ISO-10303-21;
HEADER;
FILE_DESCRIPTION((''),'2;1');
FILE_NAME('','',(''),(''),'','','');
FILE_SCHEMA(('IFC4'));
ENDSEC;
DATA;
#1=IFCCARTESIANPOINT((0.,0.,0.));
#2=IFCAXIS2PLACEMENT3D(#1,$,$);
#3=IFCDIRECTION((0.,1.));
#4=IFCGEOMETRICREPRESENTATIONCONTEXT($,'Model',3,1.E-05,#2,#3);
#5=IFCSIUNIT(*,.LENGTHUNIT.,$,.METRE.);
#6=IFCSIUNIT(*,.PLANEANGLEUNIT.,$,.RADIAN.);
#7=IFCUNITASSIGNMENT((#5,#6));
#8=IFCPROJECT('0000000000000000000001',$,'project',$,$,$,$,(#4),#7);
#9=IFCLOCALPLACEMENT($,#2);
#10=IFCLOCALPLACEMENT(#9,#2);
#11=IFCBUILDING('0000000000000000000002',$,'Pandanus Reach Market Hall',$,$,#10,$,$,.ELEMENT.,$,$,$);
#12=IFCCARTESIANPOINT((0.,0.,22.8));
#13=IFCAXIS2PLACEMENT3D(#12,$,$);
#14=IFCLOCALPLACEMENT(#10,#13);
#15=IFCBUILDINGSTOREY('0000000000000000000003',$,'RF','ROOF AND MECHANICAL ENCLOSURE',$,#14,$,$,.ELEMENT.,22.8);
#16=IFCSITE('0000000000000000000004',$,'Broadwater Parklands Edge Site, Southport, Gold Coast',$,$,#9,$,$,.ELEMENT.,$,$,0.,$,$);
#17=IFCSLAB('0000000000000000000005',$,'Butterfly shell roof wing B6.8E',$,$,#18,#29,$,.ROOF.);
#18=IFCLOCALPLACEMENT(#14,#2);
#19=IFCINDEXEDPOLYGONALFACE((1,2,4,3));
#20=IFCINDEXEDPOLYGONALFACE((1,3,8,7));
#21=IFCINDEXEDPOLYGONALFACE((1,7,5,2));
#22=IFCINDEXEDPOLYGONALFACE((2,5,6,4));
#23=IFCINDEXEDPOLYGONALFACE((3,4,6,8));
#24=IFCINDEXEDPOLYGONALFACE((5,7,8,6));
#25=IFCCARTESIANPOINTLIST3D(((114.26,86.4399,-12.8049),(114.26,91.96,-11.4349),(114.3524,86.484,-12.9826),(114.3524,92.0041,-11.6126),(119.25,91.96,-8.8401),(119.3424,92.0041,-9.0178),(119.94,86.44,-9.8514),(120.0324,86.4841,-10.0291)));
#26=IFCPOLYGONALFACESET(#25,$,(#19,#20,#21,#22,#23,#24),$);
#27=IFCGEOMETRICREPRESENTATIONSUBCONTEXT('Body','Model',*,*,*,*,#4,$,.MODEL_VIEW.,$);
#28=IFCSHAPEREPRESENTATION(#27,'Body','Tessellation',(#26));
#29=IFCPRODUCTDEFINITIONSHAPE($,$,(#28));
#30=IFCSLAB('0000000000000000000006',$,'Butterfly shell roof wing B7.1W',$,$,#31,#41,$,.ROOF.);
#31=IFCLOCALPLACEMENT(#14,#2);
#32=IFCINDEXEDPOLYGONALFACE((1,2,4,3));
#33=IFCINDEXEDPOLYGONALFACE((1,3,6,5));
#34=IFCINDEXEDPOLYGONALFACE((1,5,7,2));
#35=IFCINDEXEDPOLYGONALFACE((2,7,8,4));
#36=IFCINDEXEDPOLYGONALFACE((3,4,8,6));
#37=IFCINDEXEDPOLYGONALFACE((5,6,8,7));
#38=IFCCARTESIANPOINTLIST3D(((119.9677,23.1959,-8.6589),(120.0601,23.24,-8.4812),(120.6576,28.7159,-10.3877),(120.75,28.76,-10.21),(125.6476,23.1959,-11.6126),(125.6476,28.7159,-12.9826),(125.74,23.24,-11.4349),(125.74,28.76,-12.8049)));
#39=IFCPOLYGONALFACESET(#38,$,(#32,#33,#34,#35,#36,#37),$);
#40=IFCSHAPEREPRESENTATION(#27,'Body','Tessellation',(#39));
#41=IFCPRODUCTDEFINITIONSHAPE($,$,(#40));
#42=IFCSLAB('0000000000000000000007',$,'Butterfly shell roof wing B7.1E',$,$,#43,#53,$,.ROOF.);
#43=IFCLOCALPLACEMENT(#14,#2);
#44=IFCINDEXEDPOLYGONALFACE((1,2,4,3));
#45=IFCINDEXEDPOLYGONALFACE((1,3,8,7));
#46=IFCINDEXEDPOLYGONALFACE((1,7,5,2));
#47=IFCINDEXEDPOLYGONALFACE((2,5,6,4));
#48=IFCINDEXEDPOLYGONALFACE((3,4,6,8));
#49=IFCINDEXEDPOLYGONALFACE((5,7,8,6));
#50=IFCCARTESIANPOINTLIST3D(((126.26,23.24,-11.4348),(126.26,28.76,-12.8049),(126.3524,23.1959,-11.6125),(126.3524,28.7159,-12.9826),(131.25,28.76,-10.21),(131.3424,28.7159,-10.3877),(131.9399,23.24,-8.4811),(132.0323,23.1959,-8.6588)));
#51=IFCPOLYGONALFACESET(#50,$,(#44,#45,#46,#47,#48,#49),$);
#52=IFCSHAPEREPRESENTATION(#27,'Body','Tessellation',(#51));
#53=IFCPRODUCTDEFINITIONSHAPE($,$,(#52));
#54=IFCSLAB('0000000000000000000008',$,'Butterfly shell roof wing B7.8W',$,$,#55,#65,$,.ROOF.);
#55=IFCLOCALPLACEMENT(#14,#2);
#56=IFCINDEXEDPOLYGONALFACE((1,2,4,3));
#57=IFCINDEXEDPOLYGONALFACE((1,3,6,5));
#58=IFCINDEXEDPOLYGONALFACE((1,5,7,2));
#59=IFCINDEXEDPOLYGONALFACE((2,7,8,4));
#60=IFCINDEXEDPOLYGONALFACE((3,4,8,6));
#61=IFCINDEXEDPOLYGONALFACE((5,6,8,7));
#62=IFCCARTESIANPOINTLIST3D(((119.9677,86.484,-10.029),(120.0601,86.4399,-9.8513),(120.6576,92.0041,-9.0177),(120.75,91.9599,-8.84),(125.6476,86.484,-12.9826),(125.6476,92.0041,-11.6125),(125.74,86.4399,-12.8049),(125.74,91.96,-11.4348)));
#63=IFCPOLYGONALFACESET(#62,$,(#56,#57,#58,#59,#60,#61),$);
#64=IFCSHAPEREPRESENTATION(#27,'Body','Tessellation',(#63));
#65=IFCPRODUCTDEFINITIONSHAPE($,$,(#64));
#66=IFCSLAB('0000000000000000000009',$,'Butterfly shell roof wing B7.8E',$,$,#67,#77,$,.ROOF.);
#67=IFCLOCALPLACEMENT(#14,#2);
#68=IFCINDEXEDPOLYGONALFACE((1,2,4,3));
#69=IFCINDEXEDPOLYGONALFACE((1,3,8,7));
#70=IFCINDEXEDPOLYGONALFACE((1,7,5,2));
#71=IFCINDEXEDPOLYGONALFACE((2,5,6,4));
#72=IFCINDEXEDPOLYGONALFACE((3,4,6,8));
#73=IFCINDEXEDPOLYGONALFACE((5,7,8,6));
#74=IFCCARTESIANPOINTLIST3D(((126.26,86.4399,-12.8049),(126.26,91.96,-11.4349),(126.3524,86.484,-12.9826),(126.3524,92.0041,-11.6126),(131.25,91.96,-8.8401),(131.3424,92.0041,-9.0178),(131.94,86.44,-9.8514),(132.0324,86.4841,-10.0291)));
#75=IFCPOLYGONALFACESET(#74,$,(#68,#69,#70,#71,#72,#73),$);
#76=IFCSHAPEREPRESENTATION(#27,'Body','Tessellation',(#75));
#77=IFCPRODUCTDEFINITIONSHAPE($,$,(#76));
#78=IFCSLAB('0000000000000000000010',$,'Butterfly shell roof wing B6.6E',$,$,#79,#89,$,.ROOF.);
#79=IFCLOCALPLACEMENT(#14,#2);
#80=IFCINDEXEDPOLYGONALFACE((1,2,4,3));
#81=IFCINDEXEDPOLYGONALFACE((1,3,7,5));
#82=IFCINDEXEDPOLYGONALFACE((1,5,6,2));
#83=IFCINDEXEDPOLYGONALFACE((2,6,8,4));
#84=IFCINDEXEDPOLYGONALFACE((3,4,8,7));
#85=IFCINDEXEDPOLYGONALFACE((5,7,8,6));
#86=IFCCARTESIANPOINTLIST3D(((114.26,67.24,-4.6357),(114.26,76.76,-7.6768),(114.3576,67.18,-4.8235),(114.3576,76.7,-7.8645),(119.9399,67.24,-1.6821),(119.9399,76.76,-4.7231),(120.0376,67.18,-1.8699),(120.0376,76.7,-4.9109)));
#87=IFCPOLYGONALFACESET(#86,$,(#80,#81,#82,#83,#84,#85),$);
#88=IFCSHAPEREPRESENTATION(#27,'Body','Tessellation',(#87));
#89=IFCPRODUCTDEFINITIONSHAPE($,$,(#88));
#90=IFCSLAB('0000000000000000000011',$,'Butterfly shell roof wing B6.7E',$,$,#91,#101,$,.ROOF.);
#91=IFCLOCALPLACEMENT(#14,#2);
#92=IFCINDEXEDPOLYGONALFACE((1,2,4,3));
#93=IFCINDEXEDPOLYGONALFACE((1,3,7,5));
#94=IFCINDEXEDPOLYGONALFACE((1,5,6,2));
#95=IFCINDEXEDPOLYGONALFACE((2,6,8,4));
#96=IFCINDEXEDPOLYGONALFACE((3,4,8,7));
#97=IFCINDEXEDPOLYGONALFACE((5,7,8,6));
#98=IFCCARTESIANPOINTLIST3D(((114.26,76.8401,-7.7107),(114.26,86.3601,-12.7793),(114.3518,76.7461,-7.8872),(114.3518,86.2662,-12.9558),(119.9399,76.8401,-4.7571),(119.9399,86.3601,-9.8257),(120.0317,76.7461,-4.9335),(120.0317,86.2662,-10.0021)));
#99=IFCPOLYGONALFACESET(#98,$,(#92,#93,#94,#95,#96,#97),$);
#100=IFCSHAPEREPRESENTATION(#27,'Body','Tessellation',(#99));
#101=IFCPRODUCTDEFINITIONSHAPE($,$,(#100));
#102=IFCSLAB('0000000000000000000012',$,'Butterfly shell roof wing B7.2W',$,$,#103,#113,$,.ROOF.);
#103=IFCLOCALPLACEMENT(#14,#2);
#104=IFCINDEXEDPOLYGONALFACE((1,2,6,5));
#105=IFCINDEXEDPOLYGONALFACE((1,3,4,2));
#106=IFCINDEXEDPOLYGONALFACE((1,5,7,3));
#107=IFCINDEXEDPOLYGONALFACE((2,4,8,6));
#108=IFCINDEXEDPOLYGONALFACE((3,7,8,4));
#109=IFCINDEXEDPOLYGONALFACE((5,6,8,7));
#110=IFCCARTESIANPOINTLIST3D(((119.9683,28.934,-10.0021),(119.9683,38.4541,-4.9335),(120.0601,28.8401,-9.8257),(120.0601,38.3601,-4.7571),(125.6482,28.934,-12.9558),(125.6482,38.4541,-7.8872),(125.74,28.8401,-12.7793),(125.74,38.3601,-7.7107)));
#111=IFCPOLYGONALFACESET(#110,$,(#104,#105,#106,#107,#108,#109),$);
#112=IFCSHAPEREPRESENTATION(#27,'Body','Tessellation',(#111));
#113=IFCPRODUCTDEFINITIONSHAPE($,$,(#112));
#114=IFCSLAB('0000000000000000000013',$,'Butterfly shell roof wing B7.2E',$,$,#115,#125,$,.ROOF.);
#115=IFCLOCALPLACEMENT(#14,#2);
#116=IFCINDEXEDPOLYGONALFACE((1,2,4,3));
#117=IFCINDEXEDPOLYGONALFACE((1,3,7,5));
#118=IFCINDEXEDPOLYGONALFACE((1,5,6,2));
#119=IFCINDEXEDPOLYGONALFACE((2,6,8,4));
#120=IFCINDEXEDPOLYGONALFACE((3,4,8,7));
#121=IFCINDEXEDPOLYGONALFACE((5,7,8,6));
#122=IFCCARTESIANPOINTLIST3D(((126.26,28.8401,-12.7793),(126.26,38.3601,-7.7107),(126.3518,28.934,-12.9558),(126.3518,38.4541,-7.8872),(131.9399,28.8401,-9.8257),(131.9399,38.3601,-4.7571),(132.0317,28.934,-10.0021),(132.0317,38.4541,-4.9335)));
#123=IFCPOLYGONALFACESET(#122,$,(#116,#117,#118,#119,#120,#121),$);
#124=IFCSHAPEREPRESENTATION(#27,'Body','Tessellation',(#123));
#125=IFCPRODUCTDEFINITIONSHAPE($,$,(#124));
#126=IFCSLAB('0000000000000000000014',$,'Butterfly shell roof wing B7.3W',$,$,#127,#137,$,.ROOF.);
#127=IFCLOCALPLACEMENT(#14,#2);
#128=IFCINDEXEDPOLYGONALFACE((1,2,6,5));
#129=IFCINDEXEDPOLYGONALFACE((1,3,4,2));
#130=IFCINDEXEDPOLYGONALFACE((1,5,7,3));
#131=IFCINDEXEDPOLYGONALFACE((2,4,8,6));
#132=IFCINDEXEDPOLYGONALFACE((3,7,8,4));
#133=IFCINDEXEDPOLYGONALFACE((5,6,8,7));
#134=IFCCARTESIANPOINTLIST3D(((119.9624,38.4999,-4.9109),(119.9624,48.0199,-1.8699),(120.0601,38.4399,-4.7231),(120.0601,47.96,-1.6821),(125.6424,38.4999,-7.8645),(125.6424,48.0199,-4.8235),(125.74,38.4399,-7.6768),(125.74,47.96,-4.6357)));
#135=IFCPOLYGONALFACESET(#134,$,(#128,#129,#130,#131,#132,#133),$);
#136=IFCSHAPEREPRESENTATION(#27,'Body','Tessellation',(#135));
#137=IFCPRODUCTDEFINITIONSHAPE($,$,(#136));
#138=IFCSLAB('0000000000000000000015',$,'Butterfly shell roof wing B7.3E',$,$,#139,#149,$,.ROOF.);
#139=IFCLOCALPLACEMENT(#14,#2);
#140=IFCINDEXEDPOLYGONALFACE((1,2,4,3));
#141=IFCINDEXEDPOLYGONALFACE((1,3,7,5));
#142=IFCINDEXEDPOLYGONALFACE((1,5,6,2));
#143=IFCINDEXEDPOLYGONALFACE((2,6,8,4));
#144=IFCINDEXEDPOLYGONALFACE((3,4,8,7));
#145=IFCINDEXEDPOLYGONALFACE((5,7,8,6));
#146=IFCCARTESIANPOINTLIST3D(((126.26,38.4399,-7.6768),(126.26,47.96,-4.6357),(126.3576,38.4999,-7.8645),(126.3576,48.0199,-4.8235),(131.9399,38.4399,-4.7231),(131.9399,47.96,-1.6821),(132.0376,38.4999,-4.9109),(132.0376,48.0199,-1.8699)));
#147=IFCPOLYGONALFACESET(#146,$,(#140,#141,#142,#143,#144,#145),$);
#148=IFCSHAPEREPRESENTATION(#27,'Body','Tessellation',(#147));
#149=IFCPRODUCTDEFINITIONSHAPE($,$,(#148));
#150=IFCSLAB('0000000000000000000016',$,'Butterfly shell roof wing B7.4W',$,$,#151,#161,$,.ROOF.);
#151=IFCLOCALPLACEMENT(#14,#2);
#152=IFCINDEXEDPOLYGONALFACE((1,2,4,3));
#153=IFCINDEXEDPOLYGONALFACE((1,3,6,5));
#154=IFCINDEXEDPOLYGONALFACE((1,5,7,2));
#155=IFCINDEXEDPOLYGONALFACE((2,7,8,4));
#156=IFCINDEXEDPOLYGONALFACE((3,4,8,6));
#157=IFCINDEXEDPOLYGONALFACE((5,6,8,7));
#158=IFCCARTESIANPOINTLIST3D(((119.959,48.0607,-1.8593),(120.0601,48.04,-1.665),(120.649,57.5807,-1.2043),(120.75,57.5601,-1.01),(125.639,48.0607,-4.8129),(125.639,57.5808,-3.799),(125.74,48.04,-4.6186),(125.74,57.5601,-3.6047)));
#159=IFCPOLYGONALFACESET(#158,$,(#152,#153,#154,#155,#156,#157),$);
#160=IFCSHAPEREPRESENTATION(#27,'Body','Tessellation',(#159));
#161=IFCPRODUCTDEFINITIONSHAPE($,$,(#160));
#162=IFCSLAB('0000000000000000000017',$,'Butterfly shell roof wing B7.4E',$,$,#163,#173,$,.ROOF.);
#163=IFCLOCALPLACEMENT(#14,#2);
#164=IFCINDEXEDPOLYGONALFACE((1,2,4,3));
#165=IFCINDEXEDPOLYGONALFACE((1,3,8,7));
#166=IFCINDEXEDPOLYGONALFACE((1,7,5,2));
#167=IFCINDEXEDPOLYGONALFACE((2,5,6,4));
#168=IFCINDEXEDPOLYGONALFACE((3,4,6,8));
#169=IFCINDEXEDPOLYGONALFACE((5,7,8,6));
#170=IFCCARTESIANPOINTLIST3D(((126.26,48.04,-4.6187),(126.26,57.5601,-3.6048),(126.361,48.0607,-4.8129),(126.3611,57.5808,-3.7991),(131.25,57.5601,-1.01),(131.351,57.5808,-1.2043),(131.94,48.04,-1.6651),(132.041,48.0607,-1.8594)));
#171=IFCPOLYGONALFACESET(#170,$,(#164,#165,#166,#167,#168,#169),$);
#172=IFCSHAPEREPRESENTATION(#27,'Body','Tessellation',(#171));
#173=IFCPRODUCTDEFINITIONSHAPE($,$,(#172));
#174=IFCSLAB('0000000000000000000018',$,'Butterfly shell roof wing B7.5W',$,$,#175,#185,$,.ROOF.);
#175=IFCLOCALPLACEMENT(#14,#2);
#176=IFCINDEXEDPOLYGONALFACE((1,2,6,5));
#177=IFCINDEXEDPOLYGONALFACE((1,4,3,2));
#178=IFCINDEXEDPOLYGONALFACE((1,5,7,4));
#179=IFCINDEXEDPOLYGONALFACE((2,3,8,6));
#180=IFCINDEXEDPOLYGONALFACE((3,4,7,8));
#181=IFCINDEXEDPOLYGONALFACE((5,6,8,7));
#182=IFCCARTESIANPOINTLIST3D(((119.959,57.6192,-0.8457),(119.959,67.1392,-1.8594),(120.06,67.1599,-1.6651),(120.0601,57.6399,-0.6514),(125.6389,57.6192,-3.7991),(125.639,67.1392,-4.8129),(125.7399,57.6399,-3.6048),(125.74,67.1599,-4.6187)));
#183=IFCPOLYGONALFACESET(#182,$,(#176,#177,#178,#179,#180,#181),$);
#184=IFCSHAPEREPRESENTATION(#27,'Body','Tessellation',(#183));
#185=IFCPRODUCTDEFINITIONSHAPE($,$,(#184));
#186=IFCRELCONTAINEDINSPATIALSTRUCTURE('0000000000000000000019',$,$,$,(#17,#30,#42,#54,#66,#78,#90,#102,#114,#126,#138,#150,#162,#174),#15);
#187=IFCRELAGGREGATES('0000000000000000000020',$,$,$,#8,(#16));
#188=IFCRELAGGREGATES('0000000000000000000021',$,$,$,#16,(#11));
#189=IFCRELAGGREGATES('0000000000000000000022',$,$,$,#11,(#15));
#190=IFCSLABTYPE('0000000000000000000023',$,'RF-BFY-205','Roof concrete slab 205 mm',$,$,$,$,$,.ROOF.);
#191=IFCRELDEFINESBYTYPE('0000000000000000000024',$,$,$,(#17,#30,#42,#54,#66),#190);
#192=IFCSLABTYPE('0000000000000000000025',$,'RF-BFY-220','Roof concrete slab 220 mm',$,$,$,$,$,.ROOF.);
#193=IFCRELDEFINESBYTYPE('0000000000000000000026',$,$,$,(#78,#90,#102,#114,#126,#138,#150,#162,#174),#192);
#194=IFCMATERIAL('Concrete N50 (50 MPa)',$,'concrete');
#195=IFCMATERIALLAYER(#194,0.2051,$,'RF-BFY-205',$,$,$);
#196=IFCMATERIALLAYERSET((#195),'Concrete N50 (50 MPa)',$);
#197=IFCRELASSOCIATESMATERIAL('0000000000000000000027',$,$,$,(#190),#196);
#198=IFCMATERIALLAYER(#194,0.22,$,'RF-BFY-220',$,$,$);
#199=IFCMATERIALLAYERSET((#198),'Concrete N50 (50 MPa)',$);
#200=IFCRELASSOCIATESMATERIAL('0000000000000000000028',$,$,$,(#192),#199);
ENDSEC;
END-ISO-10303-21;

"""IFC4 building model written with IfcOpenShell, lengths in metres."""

from ifc_helpers import new_model, si_unit, direction, frame, origin, place, context, subcontext, project, spatial, polyline, outline, extrude, material, layer, layer_set, type_object, element, save


model = new_model("IFC4")

# Units and contexts
model_context = context("Model", 3, precision=1e-05, world=origin(), true_north=direction((0.0, 1.0)))
body_context = subcontext(model_context, "Body", "Model", "MODEL_VIEW")
ifc_project = project(units=[si_unit("LENGTHUNIT", "METRE"), si_unit("PLANEANGLEUNIT", "RADIAN")], contexts=[model_context])

# Site, building, storey
site_placement = place(None, origin())
site = spatial("IfcSite", under=ifc_project, at=site_placement, Name="Broadwater Parklands Edge Site, Southport, Gold Coast", CompositionType="ELEMENT", RefElevation=0.0)
building_placement = place(site_placement, origin())
building = spatial("IfcBuilding", under=site, at=building_placement, Name="Pandanus Reach Market Hall", CompositionType="ELEMENT")
storey_placement = place(building_placement, frame((0.0, 0.0, 22.8)))
storey = spatial("IfcBuildingStorey", under=building, at=storey_placement, Name="RF", Description="ROOF AND MECHANICAL ENCLOSURE", CompositionType="ELEMENT", Elevation=22.8)

# Slabs
ifc_material_1 = material(Name="Concrete N50 (50 MPa)", Category="concrete")
ifc_layer_1 = layer(ifc_material_1, 0.2051, Name="RF-BFY-205")
ifc_layer_set_1 = layer_set([ifc_layer_1], Name="Concrete N50 (50 MPa)")
slab_type_1 = type_object("IfcSlabType", Name="RF-BFY-205", Description="Roof concrete slab 205 mm", PredefinedType="ROOF", material=ifc_layer_set_1)
slab_1_placement = place(storey_placement, frame((114.26, 86.4399, -12.8049), z_axis=(-0.450557, -0.215053, 0.866459), x_axis=(0.887217, 0.000002, 0.461352)))
element("IfcSlab", 1, at=slab_1_placement, inside=storey, type_object=slab_type_1, Name="Butterfly shell roof wing B6.8E", PredefinedType="ROOF", context=body_context, shape_type="SweptSolid", body=[
    extrude(outline(polyline([(0.0, 0.0), (6.402, 0.0), (6.2564, 5.6523), (0.6321, 5.6523), (0.0, 0.0)])), origin(), (0.0, 0.0, -1.0), 0.2051),
])
slab_2_placement = place(storey_placement, frame((120.0601, 23.24, -8.4812), z_axis=(0.450573, 0.21505, 0.866451), x_axis=(0.887209, -0.000002, -0.461367)))
element("IfcSlab", 2, at=slab_2_placement, inside=storey, type_object=slab_type_1, Name="Butterfly shell roof wing B7.1W", PredefinedType="ROOF", context=body_context, shape_type="SweptSolid", body=[
    extrude(outline(polyline([(0.0, 0.0), (6.402, 0.0), (7.0341, 5.6523), (1.4097, 5.6523), (0.0, 0.0)])), origin(), (0.0, 0.0, -1.0), 0.2051),
])
slab_3_placement = place(storey_placement, frame((126.26, 23.24, -11.4348), z_axis=(-0.450573, 0.21505, 0.866451), x_axis=(0.887209, 0.000002, 0.461367)))
element("IfcSlab", 3, at=slab_3_placement, inside=storey, type_object=slab_type_1, Name="Butterfly shell roof wing B7.1E", PredefinedType="ROOF", context=body_context, shape_type="SweptSolid", body=[
    extrude(outline(polyline([(0.0, 0.0), (6.402, 0.0), (4.9923, 5.6523), (-0.6321, 5.6523), (0.0, 0.0)])), origin(), (0.0, 0.0, -1.0), 0.2051),
])
slab_4_placement = place(storey_placement, frame((120.0601, 86.4399, -9.8513), z_axis=(0.450557, -0.215053, 0.866459), x_axis=(0.887217, -0.000002, -0.461352)))
element("IfcSlab", 4, at=slab_4_placement, inside=storey, type_object=slab_type_1, Name="Butterfly shell roof wing B7.8W", PredefinedType="ROOF", context=body_context, shape_type="SweptSolid", body=[
    extrude(outline(polyline([(0.0, 0.0), (6.402, 0.0), (5.7699, 5.6523), (0.1456, 5.6523), (0.0, 0.0)])), origin(), (0.0, 0.0, -1.0), 0.2051),
])
slab_5_placement = place(storey_placement, frame((126.26, 86.4399, -12.8049), z_axis=(-0.450557, -0.215053, 0.866459), x_axis=(0.887217, 0.000002, 0.461352)))
element("IfcSlab", 5, at=slab_5_placement, inside=storey, type_object=slab_type_1, Name="Butterfly shell roof wing B7.8E", PredefinedType="ROOF", context=body_context, shape_type="SweptSolid", body=[
    extrude(outline(polyline([(0.0, 0.0), (6.402, 0.0), (6.2564, 5.6523), (0.6321, 5.6523), (0.0, 0.0)])), origin(), (0.0, 0.0, -1.0), 0.2051),
])
ifc_layer_2 = layer(ifc_material_1, 0.22, Name="RF-BFY-220")
ifc_layer_set_2 = layer_set([ifc_layer_2], Name="Concrete N50 (50 MPa)")
slab_type_2 = type_object("IfcSlabType", Name="RF-BFY-220", Description="Roof concrete slab 220 mm", PredefinedType="ROOF", material=ifc_layer_set_2)
slab_6_placement = place(storey_placement, frame((114.26, 67.24, -4.6357), z_axis=(-0.443877, 0.272667, 0.853596), x_axis=(0.887214, 0.0, 0.461359)))
element("IfcSlab", 6, at=slab_6_placement, inside=storey, type_object=slab_type_2, Name="Butterfly shell roof wing B6.6E", PredefinedType="ROOF", context=body_context, shape_type="SweptSolid", body=[
    extrude(outline(polyline([(0.0, 0.0), (6.402, 0.0), (4.999, 9.895), (-1.403, 9.895), (0.0, 0.0)])), origin(), (0.0, 0.0, -1.0), 0.22),
])
for number, where, z_axis, x_axis, name in (
    (7, (114.26, 76.8401, -7.7107), (-0.41716, 0.427113, 0.802217), (0.887214, 0.0, 0.461359), "Butterfly shell roof wing B6.7E"),
    (8, (120.0601, 28.8401, -9.8257), (0.41716, -0.427113, 0.802217), (0.887214, 0.0, -0.461359), "Butterfly shell roof wing B7.2W"),
):
    element("IfcSlab", number, at=place(storey_placement, frame(where, z_axis=z_axis, x_axis=x_axis)), inside=storey, type_object=slab_type_2, Name=name, PredefinedType="ROOF", context=body_context, shape_type="SweptSolid", body=[
        extrude(outline(polyline([(0.0, 0.0), (6.402, 0.0), (4.0635, 10.5287), (-2.3384, 10.5287), (0.0, 0.0)])), origin(), (0.0, 0.0, -1.0), 0.22),
    ])
slab_7_placement = place(storey_placement, frame((126.26, 28.8401, -12.7793), z_axis=(-0.41716, -0.427113, 0.802217), x_axis=(0.887214, 0.0, 0.461359)))
element("IfcSlab", 9, at=slab_7_placement, inside=storey, type_object=slab_type_2, Name="Butterfly shell roof wing B7.2E", PredefinedType="ROOF", context=body_context, shape_type="SweptSolid", body=[
    extrude(outline(polyline([(0.0, 0.0), (6.402, 0.0), (8.7404, 10.5287), (2.3384, 10.5287), (0.0, 0.0)])), origin(), (0.0, 0.0, -1.0), 0.22),
])
slab_8_placement = place(storey_placement, frame((120.0601, 38.4399, -4.7231), z_axis=(0.443877, -0.272667, 0.853596), x_axis=(0.887214, 0.0, -0.461359)))
element("IfcSlab", 10, at=slab_8_placement, inside=storey, type_object=slab_type_2, Name="Butterfly shell roof wing B7.3W", PredefinedType="ROOF", context=body_context, shape_type="SweptSolid", body=[
    extrude(outline(polyline([(0.0, 0.0), (6.402, 0.0), (4.999, 9.895), (-1.403, 9.895), (0.0, 0.0)])), origin(), (0.0, 0.0, -1.0), 0.22),
])
slab_9_placement = place(storey_placement, frame((126.26, 38.4399, -7.6768), z_axis=(-0.443877, -0.272667, 0.853596), x_axis=(0.887214, 0.0, 0.461359)))
element("IfcSlab", 11, at=slab_9_placement, inside=storey, type_object=slab_type_2, Name="Butterfly shell roof wing B7.3E", PredefinedType="ROOF", context=body_context, shape_type="SweptSolid", body=[
    extrude(outline(polyline([(0.0, 0.0), (6.402, 0.0), (7.805, 9.895), (1.403, 9.895), (0.0, 0.0)])), origin(), (0.0, 0.0, -1.0), 0.22),
])
slab_10_placement = place(storey_placement, frame((120.0601, 48.04, -1.665), z_axis=(0.459306, -0.094067, 0.883283), x_axis=(0.887217, -0.000001, -0.461352)))
element("IfcSlab", 12, at=slab_10_placement, inside=storey, type_object=slab_type_2, Name="Butterfly shell roof wing B7.4W", PredefinedType="ROOF", context=body_context, shape_type="SweptSolid", body=[
    extrude(outline(polyline([(0.0, 0.0), (6.402, 0.0), (5.9342, 9.5624), (0.3099, 9.5624), (0.0, 0.0)])), origin(), (0.0, 0.0, -1.0), 0.22),
])
slab_11_placement = place(storey_placement, frame((126.26, 48.04, -4.6187), z_axis=(-0.459306, -0.094067, 0.883283), x_axis=(0.887217, 0.000001, 0.461352)))
element("IfcSlab", 13, at=slab_11_placement, inside=storey, type_object=slab_type_2, Name="Butterfly shell roof wing B7.4E", PredefinedType="ROOF", context=body_context, shape_type="SweptSolid", body=[
    extrude(outline(polyline([(0.0, 0.0), (6.402, 0.0), (6.0921, 9.5624), (0.4678, 9.5624), (0.0, 0.0)])), origin(), (0.0, 0.0, -1.0), 0.22),
])
slab_12_placement = place(storey_placement, frame((120.0601, 57.6399, -0.6514), z_axis=(0.459298, 0.094062, 0.883288), x_axis=(0.887222, -0.000002, -0.461344)))
element("IfcSlab", 14, at=slab_12_placement, inside=storey, type_object=slab_type_2, Name="Butterfly shell roof wing B7.5W", PredefinedType="ROOF", context=body_context, shape_type="SweptSolid", body=[
    extrude(outline(polyline([(0.0, 0.0), (6.4019, 0.0), (6.8696, 9.5624), (0.4676, 9.5624), (0.0, 0.0)])), origin(), (0.0, 0.0, -1.0), 0.22),
])

save(model, "model.ifc")
